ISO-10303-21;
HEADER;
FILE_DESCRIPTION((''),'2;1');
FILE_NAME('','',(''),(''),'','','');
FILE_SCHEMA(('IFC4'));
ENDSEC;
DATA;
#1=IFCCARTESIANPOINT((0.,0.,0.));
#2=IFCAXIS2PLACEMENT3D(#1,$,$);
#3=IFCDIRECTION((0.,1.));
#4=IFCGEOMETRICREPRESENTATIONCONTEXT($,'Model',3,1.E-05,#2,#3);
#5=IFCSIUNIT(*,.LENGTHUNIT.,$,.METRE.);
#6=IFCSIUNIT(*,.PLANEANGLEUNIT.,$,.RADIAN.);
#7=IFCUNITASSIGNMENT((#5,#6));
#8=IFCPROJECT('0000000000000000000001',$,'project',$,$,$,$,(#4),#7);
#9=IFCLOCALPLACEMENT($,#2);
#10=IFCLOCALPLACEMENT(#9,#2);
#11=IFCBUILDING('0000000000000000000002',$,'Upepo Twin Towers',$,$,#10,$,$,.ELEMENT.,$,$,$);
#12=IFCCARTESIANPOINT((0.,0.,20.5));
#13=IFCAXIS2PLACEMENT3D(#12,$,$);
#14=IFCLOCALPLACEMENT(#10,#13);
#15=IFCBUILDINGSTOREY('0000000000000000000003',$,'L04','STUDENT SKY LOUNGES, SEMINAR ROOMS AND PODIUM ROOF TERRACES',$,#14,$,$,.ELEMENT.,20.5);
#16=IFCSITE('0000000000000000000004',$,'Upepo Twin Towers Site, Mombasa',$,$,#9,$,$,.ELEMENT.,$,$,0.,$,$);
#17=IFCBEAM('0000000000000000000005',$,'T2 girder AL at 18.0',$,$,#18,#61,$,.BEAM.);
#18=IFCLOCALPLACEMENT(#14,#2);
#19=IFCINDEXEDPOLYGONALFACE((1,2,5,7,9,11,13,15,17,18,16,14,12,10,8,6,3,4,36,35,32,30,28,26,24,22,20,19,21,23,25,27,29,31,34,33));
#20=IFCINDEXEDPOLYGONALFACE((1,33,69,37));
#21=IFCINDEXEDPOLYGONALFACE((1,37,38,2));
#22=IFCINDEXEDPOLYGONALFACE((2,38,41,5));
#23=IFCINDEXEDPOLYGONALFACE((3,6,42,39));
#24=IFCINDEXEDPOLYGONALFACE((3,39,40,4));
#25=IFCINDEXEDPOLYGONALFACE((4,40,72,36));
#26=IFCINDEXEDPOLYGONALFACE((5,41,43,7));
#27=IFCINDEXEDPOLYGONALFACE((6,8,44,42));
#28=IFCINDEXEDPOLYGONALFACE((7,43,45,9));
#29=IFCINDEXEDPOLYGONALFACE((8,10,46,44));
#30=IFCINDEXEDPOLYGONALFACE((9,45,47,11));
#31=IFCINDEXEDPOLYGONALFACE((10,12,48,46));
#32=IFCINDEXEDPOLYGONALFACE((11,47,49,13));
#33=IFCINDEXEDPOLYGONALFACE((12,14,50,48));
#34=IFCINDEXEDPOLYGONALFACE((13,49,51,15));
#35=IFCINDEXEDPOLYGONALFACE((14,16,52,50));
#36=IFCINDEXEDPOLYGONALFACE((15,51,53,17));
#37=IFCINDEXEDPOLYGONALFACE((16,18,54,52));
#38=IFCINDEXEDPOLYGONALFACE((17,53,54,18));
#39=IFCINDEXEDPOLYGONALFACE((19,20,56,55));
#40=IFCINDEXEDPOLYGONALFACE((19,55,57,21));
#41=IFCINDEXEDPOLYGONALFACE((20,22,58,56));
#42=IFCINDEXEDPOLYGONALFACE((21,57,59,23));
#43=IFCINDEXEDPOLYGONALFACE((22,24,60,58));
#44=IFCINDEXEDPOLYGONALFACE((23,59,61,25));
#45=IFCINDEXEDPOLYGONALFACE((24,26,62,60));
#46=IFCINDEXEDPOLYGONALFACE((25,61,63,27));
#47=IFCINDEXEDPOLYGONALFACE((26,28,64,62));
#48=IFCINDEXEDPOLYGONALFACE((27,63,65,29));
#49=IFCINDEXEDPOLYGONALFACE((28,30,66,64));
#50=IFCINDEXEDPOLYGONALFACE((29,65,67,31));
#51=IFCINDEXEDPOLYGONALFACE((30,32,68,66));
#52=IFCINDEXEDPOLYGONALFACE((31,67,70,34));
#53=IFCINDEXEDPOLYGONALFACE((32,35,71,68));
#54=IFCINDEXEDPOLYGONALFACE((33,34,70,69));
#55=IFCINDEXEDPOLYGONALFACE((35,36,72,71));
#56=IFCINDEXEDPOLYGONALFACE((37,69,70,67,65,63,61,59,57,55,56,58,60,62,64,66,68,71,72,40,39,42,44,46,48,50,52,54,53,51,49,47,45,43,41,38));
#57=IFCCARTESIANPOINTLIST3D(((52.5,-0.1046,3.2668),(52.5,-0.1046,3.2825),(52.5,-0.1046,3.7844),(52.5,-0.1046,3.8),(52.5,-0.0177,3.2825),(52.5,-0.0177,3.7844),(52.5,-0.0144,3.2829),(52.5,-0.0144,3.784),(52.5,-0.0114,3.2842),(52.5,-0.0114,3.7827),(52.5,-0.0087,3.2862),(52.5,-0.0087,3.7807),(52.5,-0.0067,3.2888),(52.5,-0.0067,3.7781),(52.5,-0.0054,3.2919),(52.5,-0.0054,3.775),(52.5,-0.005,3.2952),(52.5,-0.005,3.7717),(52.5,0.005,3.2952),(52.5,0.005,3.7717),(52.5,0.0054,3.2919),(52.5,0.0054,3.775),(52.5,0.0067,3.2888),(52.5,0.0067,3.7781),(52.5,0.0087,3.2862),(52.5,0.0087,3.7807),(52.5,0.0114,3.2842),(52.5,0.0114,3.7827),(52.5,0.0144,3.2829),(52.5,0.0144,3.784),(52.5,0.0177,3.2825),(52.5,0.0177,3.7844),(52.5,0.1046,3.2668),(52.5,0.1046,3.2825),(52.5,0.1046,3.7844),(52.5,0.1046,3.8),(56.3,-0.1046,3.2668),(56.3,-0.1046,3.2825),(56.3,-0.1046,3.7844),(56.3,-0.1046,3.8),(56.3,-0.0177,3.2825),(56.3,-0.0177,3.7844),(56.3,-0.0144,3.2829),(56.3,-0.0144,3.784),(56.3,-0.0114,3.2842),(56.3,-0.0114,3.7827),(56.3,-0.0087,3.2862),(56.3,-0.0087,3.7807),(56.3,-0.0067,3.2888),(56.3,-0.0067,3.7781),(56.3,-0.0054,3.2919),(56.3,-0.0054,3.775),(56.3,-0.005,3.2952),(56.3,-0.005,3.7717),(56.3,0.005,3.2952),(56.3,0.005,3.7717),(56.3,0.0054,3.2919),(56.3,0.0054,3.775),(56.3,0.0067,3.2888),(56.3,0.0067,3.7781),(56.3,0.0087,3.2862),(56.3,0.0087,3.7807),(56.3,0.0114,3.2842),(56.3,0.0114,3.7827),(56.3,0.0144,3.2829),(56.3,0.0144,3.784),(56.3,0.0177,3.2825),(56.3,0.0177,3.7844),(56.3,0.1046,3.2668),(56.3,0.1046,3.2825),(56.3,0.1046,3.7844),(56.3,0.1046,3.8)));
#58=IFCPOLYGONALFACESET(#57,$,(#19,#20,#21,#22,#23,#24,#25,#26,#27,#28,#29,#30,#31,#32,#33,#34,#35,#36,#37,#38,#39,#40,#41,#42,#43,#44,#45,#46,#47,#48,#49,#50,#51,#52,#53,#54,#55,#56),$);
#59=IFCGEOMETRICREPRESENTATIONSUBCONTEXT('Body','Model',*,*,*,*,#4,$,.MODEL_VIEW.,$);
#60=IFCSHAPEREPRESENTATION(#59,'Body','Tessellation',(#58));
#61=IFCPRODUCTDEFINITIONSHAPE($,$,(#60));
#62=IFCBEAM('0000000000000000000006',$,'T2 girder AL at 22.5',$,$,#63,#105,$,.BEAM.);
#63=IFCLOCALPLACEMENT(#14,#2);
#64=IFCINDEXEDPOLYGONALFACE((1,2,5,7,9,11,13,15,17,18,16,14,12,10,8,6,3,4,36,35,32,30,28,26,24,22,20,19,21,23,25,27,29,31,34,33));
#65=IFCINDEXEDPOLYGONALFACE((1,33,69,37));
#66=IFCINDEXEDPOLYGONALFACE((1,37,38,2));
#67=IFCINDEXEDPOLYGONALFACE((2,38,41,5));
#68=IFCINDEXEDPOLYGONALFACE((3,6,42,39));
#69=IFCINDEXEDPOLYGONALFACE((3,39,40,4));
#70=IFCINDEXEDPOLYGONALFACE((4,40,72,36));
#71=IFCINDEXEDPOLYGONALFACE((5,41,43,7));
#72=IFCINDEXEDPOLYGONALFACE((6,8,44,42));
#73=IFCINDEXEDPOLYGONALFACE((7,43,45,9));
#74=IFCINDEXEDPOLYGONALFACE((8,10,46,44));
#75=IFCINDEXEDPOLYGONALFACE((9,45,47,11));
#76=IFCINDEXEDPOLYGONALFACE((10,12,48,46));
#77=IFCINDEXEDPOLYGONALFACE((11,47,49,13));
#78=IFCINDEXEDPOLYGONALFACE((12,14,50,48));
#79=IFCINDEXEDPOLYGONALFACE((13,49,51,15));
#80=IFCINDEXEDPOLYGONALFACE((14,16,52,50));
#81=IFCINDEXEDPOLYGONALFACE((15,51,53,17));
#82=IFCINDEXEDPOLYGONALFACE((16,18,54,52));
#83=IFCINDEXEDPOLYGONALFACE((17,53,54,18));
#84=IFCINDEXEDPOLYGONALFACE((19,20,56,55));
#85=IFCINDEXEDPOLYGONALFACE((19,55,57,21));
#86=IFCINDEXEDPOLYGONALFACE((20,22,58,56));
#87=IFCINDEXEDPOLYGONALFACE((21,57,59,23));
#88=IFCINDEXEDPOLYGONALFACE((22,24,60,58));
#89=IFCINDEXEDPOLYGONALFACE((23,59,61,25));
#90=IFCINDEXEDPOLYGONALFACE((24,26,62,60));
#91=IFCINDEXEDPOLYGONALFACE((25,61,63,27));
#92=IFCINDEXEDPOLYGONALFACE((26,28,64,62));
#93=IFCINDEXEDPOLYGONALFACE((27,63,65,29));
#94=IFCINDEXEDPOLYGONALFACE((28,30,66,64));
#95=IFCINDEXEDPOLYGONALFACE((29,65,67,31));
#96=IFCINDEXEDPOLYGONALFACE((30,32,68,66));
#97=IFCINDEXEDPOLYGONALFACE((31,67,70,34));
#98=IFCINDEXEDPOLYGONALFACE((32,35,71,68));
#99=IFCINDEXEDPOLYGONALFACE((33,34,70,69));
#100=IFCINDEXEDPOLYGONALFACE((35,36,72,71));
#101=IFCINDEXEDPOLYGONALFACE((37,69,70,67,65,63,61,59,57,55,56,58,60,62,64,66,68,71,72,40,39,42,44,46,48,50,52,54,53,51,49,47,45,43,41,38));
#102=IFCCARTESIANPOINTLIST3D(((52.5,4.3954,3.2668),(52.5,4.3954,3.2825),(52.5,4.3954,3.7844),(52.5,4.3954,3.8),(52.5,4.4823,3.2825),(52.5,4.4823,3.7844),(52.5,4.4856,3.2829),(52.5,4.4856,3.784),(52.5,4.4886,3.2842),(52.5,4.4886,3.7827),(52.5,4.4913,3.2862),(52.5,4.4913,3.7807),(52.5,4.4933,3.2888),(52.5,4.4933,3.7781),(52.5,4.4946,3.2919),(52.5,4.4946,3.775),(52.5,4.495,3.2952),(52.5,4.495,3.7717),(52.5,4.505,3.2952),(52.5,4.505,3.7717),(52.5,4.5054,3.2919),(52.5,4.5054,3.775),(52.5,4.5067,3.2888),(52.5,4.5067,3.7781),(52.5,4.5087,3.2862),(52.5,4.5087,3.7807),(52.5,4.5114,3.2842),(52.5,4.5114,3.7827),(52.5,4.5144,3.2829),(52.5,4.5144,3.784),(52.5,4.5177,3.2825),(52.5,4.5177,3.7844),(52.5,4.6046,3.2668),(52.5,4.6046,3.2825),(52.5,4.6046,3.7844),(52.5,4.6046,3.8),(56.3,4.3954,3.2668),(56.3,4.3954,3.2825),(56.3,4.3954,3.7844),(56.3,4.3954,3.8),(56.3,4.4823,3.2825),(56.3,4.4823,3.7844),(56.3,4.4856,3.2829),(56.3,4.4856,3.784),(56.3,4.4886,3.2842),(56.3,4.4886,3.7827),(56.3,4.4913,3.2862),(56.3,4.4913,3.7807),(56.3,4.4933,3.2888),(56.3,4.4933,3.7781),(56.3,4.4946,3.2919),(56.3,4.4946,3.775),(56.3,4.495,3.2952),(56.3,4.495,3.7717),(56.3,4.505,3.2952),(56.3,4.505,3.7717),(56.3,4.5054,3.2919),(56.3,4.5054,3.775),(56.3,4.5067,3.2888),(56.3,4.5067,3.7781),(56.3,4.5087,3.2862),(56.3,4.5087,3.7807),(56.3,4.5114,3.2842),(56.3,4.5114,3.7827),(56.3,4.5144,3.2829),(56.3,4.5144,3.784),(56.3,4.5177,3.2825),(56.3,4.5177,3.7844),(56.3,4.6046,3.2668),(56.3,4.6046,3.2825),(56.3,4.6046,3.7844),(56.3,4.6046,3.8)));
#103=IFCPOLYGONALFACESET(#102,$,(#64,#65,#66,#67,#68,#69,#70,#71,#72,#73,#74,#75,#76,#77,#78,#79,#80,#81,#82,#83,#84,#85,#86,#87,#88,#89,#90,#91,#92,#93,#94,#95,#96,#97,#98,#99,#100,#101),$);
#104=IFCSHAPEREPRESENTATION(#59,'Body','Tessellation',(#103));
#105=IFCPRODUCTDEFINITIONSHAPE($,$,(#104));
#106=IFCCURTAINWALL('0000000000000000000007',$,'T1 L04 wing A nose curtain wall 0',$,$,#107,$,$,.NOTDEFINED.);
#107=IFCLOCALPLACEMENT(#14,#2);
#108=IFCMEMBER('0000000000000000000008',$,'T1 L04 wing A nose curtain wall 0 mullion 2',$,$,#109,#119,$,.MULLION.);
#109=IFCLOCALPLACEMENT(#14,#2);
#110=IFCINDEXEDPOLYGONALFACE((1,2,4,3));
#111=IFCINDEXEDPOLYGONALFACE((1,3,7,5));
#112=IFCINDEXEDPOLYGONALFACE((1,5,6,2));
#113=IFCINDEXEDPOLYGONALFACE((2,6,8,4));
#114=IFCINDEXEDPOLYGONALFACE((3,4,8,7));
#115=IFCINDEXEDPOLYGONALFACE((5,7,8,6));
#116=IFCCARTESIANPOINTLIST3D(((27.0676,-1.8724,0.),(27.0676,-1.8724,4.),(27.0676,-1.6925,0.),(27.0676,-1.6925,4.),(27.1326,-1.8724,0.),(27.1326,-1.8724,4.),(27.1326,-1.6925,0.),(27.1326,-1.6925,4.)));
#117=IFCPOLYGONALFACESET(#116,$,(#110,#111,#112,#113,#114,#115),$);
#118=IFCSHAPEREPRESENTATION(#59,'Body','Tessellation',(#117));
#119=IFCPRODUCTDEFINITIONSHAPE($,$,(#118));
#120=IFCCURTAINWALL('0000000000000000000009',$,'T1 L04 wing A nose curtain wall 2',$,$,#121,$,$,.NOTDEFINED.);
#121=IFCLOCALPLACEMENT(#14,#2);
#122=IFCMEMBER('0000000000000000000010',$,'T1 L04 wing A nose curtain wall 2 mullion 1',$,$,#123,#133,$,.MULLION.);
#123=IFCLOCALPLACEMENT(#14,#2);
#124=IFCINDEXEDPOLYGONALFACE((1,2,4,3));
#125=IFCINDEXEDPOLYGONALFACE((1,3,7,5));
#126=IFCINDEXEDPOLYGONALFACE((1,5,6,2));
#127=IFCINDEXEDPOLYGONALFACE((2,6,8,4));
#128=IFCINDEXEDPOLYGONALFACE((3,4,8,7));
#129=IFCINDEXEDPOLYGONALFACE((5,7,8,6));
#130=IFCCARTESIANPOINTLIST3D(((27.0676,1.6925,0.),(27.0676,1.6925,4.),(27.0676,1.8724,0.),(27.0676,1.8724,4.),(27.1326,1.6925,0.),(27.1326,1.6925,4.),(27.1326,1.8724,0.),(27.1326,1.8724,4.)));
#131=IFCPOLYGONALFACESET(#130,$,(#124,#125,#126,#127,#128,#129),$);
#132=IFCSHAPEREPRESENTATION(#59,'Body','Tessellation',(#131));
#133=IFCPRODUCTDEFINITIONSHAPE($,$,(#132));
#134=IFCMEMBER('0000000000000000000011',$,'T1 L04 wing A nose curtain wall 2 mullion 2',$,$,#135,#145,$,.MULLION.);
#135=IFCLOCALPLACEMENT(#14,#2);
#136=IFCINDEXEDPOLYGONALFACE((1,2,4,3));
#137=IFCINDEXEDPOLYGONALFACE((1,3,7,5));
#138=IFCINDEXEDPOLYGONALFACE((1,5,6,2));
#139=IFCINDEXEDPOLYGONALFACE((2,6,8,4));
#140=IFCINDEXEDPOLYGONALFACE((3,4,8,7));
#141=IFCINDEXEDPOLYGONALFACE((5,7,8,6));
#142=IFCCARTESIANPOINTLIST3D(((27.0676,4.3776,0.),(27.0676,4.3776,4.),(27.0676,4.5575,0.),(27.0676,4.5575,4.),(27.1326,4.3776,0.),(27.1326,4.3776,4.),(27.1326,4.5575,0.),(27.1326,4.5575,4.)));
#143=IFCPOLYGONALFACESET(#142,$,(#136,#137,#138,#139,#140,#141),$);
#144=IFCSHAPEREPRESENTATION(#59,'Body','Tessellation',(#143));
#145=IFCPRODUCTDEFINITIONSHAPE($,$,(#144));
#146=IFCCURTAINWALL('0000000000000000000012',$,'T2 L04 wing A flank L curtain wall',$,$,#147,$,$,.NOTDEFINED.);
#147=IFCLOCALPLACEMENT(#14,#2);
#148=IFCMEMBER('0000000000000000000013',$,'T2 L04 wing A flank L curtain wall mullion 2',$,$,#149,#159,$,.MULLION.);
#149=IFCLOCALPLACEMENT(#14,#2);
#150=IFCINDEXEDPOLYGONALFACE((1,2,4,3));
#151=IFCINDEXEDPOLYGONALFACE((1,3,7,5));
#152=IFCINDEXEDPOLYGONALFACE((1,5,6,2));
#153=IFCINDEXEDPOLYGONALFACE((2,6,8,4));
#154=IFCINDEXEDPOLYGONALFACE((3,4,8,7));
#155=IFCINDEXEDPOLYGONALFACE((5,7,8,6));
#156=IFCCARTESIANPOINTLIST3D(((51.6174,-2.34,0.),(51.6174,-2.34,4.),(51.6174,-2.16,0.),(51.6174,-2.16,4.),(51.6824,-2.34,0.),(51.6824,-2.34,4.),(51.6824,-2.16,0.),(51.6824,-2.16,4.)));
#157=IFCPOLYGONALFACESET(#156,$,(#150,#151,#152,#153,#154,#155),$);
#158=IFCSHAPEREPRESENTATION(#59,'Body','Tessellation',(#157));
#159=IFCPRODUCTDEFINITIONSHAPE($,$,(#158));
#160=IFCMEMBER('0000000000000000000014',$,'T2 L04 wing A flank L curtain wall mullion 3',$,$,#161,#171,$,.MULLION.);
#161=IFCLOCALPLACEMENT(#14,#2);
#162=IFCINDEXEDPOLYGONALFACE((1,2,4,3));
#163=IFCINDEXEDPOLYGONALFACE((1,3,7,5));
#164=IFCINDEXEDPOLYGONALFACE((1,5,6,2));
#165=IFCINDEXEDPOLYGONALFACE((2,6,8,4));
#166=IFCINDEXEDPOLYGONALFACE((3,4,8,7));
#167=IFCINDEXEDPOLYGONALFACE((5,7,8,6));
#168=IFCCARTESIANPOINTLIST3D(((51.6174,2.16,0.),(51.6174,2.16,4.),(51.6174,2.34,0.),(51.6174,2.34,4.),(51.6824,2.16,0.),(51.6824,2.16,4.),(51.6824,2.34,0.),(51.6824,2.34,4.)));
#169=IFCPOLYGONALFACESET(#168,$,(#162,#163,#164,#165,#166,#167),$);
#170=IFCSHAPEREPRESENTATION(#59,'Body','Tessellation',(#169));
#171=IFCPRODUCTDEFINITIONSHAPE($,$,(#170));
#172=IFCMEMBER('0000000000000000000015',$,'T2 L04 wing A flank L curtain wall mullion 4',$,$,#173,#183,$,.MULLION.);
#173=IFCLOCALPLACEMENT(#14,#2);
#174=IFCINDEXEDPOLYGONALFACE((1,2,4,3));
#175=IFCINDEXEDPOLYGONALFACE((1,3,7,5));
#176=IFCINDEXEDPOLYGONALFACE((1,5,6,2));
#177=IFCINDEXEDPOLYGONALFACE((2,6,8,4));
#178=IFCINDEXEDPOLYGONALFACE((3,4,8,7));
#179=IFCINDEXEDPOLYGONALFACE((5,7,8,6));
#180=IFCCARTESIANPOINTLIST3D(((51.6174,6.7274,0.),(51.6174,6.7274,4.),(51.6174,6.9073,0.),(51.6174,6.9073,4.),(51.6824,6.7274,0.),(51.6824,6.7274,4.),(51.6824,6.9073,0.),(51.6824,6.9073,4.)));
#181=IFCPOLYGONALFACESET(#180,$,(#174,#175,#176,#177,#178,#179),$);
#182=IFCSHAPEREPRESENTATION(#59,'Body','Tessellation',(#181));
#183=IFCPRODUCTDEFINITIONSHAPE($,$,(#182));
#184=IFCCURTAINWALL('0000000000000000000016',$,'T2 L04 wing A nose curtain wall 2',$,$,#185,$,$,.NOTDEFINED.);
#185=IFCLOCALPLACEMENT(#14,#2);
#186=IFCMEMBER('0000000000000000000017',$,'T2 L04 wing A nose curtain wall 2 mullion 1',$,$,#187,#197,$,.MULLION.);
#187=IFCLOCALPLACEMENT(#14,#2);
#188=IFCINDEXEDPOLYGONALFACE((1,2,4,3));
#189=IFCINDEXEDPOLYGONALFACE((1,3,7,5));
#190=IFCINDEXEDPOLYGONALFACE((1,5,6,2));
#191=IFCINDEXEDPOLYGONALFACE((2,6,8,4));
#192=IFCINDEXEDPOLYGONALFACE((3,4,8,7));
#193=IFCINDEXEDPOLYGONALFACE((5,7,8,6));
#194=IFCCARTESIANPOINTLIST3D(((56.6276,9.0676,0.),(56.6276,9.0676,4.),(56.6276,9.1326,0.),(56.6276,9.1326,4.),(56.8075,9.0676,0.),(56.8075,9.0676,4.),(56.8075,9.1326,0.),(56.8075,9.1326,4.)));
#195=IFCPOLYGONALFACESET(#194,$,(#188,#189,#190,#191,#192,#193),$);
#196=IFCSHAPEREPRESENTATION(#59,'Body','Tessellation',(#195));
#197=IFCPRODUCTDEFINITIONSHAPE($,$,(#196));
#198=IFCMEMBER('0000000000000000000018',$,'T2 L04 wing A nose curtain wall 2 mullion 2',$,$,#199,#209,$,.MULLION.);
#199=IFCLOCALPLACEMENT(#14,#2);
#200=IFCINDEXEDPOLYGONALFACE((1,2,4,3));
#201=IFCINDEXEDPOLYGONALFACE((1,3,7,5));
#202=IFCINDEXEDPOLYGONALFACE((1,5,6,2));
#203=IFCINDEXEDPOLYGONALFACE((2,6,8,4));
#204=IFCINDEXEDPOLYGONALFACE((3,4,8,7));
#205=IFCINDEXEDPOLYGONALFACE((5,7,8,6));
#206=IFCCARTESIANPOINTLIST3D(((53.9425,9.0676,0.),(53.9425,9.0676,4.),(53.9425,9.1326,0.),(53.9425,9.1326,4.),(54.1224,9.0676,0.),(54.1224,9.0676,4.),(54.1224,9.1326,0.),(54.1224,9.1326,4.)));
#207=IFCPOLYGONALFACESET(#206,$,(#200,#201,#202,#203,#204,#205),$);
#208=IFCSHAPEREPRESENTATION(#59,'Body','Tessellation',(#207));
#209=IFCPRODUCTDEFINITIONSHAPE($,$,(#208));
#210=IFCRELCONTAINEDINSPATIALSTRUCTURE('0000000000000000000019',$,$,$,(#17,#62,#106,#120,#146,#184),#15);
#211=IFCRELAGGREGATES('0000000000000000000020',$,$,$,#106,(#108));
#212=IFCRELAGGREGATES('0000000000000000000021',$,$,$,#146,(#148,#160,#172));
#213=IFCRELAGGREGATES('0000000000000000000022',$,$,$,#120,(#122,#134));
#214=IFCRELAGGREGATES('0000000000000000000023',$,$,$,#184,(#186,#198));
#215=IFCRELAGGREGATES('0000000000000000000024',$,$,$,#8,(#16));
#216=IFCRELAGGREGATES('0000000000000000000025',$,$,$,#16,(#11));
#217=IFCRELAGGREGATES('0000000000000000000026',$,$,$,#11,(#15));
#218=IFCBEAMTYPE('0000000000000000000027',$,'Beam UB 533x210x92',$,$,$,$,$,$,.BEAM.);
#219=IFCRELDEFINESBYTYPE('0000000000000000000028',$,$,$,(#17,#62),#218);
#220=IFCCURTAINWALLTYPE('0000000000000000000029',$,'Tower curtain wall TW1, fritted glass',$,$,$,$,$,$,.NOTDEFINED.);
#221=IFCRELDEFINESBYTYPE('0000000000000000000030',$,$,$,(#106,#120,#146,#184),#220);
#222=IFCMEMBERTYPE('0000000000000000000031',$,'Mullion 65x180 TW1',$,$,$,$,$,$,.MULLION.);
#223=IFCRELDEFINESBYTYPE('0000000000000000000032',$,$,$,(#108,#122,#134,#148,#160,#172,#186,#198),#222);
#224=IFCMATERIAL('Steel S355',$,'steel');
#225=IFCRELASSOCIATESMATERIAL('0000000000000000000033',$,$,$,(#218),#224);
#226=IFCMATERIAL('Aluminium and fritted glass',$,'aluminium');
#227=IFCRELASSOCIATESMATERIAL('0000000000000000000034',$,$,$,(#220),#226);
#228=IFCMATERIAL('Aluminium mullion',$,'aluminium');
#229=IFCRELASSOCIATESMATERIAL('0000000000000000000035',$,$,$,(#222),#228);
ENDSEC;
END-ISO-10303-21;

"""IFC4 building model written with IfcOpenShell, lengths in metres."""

from ifc_helpers import new_model, si_unit, direction, frame, origin, origin_2d, place, context, subcontext, project, spatial, rectangle, i_section, extrude, material, material_profile, profile_set, type_object, element, aggregate, save


model = new_model("IFC4")

# Units and contexts
model_context = context("Model", 3, precision=1e-05, world=origin(), true_north=direction((0.0, 1.0)))
body_context = subcontext(model_context, "Body", "Model", "MODEL_VIEW")
ifc_project = project(units=[si_unit("LENGTHUNIT", "METRE"), si_unit("PLANEANGLEUNIT", "RADIAN")], contexts=[model_context])

# Site, building, storey
site_placement = place(None, origin())
site = spatial("IfcSite", under=ifc_project, at=site_placement, Name="Upepo Twin Towers Site, Mombasa", CompositionType="ELEMENT", RefElevation=0.0)
building_placement = place(site_placement, origin())
building = spatial("IfcBuilding", under=site, at=building_placement, Name="Upepo Twin Towers", CompositionType="ELEMENT")
storey_placement = place(building_placement, frame((0.0, 0.0, 20.5)))
storey = spatial("IfcBuildingStorey", under=building, at=storey_placement, Name="L04", Description="STUDENT SKY LOUNGES, SEMINAR ROOMS AND PODIUM ROOF TERRACES", CompositionType="ELEMENT", Elevation=20.5)

# Beams
ifc_material_1 = material(Name="Steel S355", Category="steel")
ifc_material_profile_1 = material_profile(ifc_material_1, i_section(OverallWidth=0.2092, OverallDepth=0.5332, WebThickness=0.01, FlangeThickness=0.0156, FilletRadius=0.0127, at=origin_2d()), Name="UB 533x210x92")
ifc_profile_set_1 = profile_set([ifc_material_profile_1], Name="Steel S355")
beam_type_1 = type_object("IfcBeamType", Name="Beam UB 533x210x92", PredefinedType="BEAM", material=ifc_profile_set_1)
for number, where, z_axis, x_axis, name in (
    (1, (52.5, 0.0, 3.5334), (1.0, 0.0, 0.0), (0.0, 1.0, 0.0), "T2 girder AL at 18.0"),
    (2, (52.5, 4.5, 3.5334), (1.0, 0.0, 0.0), (0.0, 1.0, 0.0), "T2 girder AL at 22.5"),
):
    element("IfcBeam", number, at=place(storey_placement, frame(where, z_axis=z_axis, x_axis=x_axis)), inside=storey, type_object=beam_type_1, Name=name, PredefinedType="BEAM", context=body_context, shape_type="SweptSolid", body=[
        extrude(i_section(OverallWidth=0.2092, OverallDepth=0.5332, WebThickness=0.01, FlangeThickness=0.0156, FilletRadius=0.0127, at=origin_2d()), origin(), (0.0, 0.0, 1.0), 3.8),
    ])

# Curtain wall, member
ifc_material_2 = material(Name="Aluminium and fritted glass", Category="aluminium")
curtain_wall_type = type_object("IfcCurtainWallType", Name="Tower curtain wall TW1, fritted glass", PredefinedType="NOTDEFINED", material=ifc_material_2)
curtain_wall_1_placement = place(storey_placement, origin())
curtain_wall_1 = element("IfcCurtainWall", 3, at=curtain_wall_1_placement, inside=storey, type_object=curtain_wall_type, Name="T1 L04 wing A nose curtain wall 0", PredefinedType="NOTDEFINED")
ifc_material_3 = material(Name="Aluminium mullion", Category="aluminium")
ifc_material_profile_2 = material_profile(ifc_material_3, rectangle(XDim=0.0649, YDim=0.1799, at=origin_2d()), Name="MULLION 65x180")
ifc_profile_set_2 = profile_set([ifc_material_profile_2], Name="Aluminium mullion")
member_type_1 = type_object("IfcMemberType", Name="Mullion 65x180 TW1", PredefinedType="MULLION", material=ifc_profile_set_2)
member_1_placement = place(storey_placement, frame((27.1001, -1.7825, 0.0), z_axis=(0.0, 0.0, 1.0), x_axis=(-1.0, 0.0, 0.0)))
member_1 = element("IfcMember", 4, at=member_1_placement, type_object=member_type_1, Name="T1 L04 wing A nose curtain wall 0 mullion 2", PredefinedType="MULLION", context=body_context, shape_type="SweptSolid", body=[
    extrude(rectangle(XDim=0.0649, YDim=0.1799, at=origin_2d()), origin(), (0.0, 0.0, 1.0), 4.0),
])
aggregate(curtain_wall_1, [member_1])

# Curtain walls, members
curtain_wall_2_placement = place(storey_placement, origin())
curtain_wall_2 = element("IfcCurtainWall", 5, at=curtain_wall_2_placement, inside=storey, type_object=curtain_wall_type, Name="T1 L04 wing A nose curtain wall 2", PredefinedType="NOTDEFINED")
member_2_placement = place(storey_placement, frame((27.1001, 1.7825, 0.0), z_axis=(0.0, 0.0, 1.0), x_axis=(-1.0, 0.0, 0.0)))
member_2 = element("IfcMember", 6, at=member_2_placement, type_object=member_type_1, Name="T1 L04 wing A nose curtain wall 2 mullion 1", PredefinedType="MULLION", context=body_context, shape_type="SweptSolid", body=[
    extrude(rectangle(XDim=0.0649, YDim=0.1799, at=origin_2d()), origin(), (0.0, 0.0, 1.0), 4.0),
])
member_3_placement = place(storey_placement, frame((27.1001, 4.4675, 0.0), z_axis=(0.0, 0.0, 1.0), x_axis=(-1.0, 0.0, 0.0)))
member_3 = element("IfcMember", 7, at=member_3_placement, type_object=member_type_1, Name="T1 L04 wing A nose curtain wall 2 mullion 2", PredefinedType="MULLION", context=body_context, shape_type="SweptSolid", body=[
    extrude(rectangle(XDim=0.0649, YDim=0.1799, at=origin_2d()), origin(), (0.0, 0.0, 1.0), 4.0),
])
curtain_wall_3_placement = place(storey_placement, origin())
curtain_wall_3 = element("IfcCurtainWall", 8, at=curtain_wall_3_placement, inside=storey, type_object=curtain_wall_type, Name="T2 L04 wing A flank L curtain wall", PredefinedType="NOTDEFINED")
member_4_placement = place(storey_placement, frame((51.6499, -2.25, 0.0), z_axis=(0.0, 0.0, 1.0), x_axis=(-1.0, 0.0, 0.0)))
member_4 = element("IfcMember", 9, at=member_4_placement, type_object=member_type_1, Name="T2 L04 wing A flank L curtain wall mullion 2", PredefinedType="MULLION", context=body_context, shape_type="SweptSolid", body=[
    extrude(rectangle(XDim=0.0649, YDim=0.1799, at=origin_2d()), origin(), (0.0, 0.0, 1.0), 4.0),
])
member_5_placement = place(storey_placement, frame((51.6499, 2.25, 0.0), z_axis=(0.0, 0.0, 1.0), x_axis=(-1.0, 0.0, 0.0)))
member_5 = element("IfcMember", 10, at=member_5_placement, type_object=member_type_1, Name="T2 L04 wing A flank L curtain wall mullion 3", PredefinedType="MULLION", context=body_context, shape_type="SweptSolid", body=[
    extrude(rectangle(XDim=0.0649, YDim=0.1799, at=origin_2d()), origin(), (0.0, 0.0, 1.0), 4.0),
])
member_6_placement = place(storey_placement, frame((51.6499, 6.8174, 0.0), z_axis=(0.0, 0.0, 1.0), x_axis=(-1.0, 0.0, 0.0)))
member_6 = element("IfcMember", 11, at=member_6_placement, type_object=member_type_1, Name="T2 L04 wing A flank L curtain wall mullion 4", PredefinedType="MULLION", context=body_context, shape_type="SweptSolid", body=[
    extrude(rectangle(XDim=0.0649, YDim=0.1799, at=origin_2d()), origin(), (0.0, 0.0, 1.0), 4.0),
])
curtain_wall_4_placement = place(storey_placement, origin())
curtain_wall_4 = element("IfcCurtainWall", 12, at=curtain_wall_4_placement, inside=storey, type_object=curtain_wall_type, Name="T2 L04 wing A nose curtain wall 2", PredefinedType="NOTDEFINED")
member_7_placement = place(storey_placement, frame((56.7175, 9.1001, 0.0), z_axis=(0.0, 0.0, 1.0), x_axis=(0.0, -1.0, 0.0)))
member_7 = element("IfcMember", 13, at=member_7_placement, type_object=member_type_1, Name="T2 L04 wing A nose curtain wall 2 mullion 1", PredefinedType="MULLION", context=body_context, shape_type="SweptSolid", body=[
    extrude(rectangle(XDim=0.0649, YDim=0.1799, at=origin_2d()), origin(), (0.0, 0.0, 1.0), 4.0),
])
member_8_placement = place(storey_placement, frame((54.0325, 9.1001, 0.0), z_axis=(0.0, 0.0, 1.0), x_axis=(0.0, -1.0, 0.0)))
member_8 = element("IfcMember", 14, at=member_8_placement, type_object=member_type_1, Name="T2 L04 wing A nose curtain wall 2 mullion 2", PredefinedType="MULLION", context=body_context, shape_type="SweptSolid", body=[
    extrude(rectangle(XDim=0.0649, YDim=0.1799, at=origin_2d()), origin(), (0.0, 0.0, 1.0), 4.0),
])

aggregate(curtain_wall_3, [member_4, member_5, member_6])
aggregate(curtain_wall_2, [member_2, member_3])
aggregate(curtain_wall_4, [member_7, member_8])

save(model, "model.ifc")
